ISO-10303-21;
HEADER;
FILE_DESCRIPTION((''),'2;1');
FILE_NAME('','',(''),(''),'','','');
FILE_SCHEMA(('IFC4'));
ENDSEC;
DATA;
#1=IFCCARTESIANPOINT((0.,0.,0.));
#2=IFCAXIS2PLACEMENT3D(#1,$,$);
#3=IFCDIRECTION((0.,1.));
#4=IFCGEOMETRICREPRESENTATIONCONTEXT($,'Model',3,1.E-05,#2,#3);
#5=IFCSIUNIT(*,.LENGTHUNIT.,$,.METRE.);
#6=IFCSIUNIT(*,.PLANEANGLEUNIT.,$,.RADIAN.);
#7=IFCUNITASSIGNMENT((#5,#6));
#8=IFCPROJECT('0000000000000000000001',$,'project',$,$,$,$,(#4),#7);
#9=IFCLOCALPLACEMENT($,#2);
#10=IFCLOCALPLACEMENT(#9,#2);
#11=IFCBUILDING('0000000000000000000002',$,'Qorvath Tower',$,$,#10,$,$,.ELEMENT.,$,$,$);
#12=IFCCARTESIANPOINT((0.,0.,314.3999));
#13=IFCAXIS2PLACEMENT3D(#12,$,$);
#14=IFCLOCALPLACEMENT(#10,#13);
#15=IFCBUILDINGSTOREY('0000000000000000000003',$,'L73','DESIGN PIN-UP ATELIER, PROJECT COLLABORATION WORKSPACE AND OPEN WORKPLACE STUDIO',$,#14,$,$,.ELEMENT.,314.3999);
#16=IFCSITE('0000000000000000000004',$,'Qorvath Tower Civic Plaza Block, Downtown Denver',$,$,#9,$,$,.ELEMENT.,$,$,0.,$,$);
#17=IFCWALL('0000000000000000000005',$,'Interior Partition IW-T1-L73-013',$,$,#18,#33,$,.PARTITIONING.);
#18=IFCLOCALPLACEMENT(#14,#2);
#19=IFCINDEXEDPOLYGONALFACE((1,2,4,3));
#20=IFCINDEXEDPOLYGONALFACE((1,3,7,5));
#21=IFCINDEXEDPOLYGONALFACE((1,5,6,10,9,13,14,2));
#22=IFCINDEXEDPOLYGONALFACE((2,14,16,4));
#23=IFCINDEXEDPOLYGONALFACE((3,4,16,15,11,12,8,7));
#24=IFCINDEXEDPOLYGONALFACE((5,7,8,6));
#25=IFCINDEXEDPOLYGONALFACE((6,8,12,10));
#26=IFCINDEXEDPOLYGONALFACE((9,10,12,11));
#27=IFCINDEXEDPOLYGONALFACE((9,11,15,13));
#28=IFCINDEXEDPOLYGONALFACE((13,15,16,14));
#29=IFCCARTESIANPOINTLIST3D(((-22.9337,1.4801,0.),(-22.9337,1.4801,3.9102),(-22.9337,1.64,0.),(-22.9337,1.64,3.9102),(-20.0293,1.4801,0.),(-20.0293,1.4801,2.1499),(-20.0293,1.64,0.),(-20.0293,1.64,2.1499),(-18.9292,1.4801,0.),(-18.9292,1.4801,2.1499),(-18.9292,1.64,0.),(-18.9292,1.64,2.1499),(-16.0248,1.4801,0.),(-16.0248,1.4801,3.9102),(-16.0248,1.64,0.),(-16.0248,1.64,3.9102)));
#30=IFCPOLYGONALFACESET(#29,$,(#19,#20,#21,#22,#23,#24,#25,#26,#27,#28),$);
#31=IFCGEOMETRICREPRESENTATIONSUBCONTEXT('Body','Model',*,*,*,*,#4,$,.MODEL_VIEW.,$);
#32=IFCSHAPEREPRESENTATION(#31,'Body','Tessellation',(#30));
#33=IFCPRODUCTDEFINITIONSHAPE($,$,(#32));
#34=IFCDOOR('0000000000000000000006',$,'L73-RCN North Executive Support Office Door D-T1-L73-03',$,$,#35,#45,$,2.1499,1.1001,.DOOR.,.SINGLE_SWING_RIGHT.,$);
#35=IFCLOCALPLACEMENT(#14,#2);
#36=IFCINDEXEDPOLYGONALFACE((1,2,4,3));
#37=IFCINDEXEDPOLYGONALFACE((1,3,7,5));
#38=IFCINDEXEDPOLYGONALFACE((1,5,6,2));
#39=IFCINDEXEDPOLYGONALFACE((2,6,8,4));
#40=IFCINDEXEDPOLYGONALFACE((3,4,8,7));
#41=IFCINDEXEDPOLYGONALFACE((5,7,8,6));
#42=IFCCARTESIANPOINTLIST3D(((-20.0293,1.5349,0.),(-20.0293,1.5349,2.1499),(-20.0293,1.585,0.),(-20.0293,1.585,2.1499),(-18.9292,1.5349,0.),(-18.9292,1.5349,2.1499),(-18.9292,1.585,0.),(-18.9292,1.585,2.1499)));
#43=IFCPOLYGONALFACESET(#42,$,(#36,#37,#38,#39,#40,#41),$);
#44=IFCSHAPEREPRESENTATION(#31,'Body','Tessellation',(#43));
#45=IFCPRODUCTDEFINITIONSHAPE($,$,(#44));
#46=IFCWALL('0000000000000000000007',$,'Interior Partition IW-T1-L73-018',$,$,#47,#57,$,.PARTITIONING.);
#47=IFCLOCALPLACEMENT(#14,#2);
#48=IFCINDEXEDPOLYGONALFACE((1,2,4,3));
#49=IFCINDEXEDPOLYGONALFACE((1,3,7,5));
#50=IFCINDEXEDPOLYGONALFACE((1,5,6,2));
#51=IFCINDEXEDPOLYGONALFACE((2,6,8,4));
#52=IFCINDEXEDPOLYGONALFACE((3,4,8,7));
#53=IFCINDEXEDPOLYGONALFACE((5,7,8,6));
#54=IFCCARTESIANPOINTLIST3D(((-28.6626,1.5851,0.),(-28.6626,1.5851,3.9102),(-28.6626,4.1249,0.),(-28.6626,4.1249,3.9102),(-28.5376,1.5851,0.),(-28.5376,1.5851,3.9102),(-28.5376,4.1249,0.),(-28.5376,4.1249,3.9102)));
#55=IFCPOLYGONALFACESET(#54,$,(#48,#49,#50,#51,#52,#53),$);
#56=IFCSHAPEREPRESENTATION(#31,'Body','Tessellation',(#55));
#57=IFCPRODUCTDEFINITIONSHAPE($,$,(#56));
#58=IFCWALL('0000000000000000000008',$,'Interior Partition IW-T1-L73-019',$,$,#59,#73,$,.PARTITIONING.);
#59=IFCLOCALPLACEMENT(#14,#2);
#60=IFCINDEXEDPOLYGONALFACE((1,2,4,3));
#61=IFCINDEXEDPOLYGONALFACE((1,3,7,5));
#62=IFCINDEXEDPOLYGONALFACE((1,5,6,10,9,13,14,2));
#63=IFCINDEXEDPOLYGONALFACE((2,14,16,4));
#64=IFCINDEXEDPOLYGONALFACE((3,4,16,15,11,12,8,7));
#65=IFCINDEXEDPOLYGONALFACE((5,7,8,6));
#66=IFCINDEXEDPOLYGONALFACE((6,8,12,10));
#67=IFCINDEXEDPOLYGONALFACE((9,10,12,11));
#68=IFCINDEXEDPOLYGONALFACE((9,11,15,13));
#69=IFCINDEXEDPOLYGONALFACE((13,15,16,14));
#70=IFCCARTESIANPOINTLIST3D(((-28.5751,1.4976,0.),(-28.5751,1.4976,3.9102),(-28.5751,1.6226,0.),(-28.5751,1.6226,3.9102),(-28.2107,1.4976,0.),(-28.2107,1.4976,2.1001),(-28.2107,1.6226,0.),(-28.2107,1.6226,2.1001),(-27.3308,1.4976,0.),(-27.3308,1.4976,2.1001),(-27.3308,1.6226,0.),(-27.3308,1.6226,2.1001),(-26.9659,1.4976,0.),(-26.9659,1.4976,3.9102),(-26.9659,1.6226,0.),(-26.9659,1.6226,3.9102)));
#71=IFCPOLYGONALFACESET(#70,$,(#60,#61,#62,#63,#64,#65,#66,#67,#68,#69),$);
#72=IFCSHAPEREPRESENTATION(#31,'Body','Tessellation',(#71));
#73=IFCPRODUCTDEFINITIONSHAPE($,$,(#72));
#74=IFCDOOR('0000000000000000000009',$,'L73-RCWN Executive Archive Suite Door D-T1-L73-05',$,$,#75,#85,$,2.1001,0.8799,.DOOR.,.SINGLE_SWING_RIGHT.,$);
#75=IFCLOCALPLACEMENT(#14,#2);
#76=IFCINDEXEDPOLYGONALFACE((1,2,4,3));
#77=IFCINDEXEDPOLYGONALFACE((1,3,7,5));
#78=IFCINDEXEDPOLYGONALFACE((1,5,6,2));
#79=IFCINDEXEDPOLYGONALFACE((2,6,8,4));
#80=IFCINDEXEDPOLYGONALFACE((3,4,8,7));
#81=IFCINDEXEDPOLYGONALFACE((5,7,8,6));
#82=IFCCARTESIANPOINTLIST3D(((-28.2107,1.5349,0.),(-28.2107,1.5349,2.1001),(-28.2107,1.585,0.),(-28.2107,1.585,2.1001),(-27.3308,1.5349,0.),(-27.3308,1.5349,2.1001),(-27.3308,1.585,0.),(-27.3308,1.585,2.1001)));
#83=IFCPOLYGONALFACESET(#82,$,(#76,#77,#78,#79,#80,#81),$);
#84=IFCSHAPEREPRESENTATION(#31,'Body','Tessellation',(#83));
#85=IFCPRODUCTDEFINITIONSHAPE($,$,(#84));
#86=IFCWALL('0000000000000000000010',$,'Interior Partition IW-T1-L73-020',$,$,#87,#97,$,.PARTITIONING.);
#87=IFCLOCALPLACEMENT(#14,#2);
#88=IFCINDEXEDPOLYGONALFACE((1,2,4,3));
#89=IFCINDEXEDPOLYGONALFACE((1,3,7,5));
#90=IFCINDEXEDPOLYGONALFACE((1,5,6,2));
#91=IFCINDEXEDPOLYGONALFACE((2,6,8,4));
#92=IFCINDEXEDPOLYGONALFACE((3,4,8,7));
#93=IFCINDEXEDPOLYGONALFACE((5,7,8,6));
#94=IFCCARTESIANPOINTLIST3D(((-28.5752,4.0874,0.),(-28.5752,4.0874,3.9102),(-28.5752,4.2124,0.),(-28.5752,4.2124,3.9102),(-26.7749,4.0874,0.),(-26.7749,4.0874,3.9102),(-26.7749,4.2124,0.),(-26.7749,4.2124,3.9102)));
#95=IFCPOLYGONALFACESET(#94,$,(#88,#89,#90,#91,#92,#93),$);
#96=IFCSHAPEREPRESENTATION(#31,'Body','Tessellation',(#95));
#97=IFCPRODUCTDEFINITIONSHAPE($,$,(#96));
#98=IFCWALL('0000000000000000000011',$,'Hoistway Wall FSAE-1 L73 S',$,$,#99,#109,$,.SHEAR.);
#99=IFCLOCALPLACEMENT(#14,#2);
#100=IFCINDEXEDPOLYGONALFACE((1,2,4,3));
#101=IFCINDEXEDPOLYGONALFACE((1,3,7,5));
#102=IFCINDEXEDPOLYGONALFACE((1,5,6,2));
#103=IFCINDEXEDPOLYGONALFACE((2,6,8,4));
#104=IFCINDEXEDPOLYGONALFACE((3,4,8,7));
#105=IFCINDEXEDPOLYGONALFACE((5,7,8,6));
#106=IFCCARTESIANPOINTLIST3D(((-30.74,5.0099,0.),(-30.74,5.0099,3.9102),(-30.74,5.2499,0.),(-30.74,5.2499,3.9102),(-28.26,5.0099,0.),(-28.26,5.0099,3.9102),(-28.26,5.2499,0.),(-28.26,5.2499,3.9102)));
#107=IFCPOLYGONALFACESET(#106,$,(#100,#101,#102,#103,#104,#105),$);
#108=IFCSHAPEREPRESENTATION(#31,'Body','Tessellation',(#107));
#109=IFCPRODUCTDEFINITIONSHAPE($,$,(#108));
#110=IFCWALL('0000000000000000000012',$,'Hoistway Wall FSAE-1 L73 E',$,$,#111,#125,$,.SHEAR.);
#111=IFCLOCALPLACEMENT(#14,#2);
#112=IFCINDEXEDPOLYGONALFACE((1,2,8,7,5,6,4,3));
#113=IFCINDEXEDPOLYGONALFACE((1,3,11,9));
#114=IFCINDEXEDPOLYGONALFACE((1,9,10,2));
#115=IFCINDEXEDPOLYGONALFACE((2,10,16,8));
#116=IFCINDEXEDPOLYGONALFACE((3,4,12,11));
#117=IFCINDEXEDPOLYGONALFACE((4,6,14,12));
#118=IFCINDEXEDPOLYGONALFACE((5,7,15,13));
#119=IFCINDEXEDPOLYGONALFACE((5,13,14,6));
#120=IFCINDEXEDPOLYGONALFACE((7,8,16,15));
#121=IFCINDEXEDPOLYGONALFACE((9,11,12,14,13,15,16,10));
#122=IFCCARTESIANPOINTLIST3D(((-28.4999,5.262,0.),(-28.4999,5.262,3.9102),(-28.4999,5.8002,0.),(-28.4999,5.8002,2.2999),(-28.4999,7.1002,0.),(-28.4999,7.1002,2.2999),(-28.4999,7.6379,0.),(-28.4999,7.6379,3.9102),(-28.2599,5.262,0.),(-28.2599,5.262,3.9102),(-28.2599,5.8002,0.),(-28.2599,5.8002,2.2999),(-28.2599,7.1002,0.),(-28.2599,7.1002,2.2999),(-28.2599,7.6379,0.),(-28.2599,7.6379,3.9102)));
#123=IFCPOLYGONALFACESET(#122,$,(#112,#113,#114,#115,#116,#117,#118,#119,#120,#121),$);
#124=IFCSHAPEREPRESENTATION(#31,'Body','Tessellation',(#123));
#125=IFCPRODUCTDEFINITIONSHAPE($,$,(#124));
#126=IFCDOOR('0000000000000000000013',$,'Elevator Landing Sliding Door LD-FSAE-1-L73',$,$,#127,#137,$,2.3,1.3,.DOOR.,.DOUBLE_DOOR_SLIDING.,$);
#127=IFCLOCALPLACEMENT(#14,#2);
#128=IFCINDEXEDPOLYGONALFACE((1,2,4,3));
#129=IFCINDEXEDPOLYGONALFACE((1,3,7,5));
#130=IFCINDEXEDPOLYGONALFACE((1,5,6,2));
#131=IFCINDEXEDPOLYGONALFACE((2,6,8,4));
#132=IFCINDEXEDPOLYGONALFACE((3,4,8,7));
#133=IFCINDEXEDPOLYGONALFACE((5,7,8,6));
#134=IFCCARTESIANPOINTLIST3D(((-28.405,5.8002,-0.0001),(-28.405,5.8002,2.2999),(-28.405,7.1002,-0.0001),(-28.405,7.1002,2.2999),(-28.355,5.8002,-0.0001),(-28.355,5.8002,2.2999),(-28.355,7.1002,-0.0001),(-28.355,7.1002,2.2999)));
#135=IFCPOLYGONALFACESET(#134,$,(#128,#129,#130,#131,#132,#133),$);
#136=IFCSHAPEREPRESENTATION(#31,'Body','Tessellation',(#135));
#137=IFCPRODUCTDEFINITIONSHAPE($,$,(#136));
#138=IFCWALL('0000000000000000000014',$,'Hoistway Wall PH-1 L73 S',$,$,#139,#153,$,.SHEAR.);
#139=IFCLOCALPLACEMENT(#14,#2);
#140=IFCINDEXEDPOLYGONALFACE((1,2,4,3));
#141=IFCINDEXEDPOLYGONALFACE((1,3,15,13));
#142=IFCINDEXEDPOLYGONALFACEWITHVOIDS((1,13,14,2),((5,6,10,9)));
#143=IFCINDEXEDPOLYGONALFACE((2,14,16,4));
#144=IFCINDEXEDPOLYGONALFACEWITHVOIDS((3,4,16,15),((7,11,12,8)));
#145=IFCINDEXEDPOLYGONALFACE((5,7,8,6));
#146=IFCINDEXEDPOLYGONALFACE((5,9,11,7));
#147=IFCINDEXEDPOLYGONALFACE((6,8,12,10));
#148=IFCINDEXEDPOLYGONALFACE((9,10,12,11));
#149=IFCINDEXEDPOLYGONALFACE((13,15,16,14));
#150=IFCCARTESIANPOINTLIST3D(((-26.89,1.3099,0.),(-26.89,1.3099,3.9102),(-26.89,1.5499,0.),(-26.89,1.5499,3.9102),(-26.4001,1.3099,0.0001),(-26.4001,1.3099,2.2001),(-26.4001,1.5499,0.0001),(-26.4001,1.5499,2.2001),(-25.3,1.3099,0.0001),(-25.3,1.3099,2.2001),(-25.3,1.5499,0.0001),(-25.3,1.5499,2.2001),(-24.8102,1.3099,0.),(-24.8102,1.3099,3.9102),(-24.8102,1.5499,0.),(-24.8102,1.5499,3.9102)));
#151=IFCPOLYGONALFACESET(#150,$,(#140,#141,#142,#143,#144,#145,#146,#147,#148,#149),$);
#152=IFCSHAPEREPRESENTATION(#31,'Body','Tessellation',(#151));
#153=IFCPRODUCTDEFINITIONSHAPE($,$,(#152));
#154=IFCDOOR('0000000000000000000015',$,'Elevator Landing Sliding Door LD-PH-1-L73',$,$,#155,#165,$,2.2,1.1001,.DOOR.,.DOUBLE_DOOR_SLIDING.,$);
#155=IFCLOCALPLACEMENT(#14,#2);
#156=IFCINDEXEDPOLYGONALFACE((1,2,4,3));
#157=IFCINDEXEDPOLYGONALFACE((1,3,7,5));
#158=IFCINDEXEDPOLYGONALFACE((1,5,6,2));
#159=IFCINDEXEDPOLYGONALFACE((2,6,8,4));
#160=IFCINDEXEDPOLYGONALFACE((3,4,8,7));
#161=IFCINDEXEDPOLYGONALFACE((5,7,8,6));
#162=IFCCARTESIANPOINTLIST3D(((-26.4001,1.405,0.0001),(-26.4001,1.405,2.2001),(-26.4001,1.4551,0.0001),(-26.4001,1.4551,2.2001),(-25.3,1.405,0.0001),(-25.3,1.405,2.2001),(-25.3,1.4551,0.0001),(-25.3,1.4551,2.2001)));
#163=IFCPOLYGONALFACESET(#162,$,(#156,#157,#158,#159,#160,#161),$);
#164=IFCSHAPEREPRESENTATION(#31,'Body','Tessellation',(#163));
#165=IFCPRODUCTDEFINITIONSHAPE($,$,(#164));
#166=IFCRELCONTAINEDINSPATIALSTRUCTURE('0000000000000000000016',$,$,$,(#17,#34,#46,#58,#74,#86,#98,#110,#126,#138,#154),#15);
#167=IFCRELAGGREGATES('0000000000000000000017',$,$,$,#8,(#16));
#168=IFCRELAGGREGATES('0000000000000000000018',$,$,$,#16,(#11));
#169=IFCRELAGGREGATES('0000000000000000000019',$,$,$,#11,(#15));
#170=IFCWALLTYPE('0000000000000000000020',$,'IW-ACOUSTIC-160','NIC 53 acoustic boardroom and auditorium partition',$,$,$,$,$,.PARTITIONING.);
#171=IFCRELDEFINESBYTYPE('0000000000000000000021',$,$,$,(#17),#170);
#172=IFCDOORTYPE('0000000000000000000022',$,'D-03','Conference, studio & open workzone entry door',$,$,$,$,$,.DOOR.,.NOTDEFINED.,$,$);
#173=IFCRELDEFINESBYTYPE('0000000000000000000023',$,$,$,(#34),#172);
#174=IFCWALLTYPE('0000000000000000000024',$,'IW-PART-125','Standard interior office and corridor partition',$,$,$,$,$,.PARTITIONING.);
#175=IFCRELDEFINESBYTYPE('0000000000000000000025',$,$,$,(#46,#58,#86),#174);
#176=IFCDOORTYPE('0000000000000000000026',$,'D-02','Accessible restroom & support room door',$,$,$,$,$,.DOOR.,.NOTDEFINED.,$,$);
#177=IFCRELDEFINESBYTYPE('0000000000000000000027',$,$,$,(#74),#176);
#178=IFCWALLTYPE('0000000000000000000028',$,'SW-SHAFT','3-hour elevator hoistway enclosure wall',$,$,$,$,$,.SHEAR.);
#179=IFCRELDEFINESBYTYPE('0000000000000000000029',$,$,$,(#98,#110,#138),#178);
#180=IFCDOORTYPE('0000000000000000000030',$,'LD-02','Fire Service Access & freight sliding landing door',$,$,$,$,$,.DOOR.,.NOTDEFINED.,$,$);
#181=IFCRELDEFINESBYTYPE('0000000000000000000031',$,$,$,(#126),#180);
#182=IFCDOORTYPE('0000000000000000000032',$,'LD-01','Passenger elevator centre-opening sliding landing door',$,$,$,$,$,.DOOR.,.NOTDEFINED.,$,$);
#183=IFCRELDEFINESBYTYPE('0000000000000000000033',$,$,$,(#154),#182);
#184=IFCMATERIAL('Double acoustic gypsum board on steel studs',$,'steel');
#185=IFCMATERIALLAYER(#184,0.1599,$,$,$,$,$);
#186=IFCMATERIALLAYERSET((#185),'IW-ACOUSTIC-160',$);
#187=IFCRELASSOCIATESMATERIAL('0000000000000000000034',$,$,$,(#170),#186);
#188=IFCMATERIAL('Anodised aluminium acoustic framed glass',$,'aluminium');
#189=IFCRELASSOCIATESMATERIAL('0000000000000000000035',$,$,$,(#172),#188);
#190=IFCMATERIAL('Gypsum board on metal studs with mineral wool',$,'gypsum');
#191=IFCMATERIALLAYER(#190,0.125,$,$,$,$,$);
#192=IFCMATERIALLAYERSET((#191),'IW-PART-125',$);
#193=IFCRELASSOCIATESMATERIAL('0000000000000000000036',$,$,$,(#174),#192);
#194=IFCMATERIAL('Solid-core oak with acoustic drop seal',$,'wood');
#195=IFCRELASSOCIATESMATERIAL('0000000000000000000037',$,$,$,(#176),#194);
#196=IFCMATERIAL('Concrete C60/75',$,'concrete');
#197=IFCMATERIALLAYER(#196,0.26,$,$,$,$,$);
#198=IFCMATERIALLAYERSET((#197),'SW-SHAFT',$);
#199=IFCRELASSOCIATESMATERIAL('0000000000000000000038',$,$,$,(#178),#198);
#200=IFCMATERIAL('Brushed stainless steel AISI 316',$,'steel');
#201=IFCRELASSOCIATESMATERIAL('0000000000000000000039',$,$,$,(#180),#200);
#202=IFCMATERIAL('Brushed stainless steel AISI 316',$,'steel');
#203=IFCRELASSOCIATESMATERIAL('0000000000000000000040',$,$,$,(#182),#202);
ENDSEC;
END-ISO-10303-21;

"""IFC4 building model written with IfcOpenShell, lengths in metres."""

from ifc_helpers import new_model, si_unit, direction, frame, frame_2d, origin, place, context, subcontext, project, spatial, rectangle, extrude, material, layer, layer_set, type_object, element, fill, save


model = new_model("IFC4")

# Units and contexts
model_context = context("Model", 3, precision=1e-05, world=origin(), true_north=direction((0.0, 1.0)))
body_context = subcontext(model_context, "Body", "Model", "MODEL_VIEW")
ifc_project = project(units=[si_unit("LENGTHUNIT", "METRE"), si_unit("PLANEANGLEUNIT", "RADIAN")], contexts=[model_context])

# Site, building, storey
site_placement = place(None, origin())
site = spatial("IfcSite", under=ifc_project, at=site_placement, Name="Qorvath Tower Civic Plaza Block, Downtown Denver", CompositionType="ELEMENT", RefElevation=0.0)
building_placement = place(site_placement, origin())
building = spatial("IfcBuilding", under=site, at=building_placement, Name="Qorvath Tower", CompositionType="ELEMENT")
storey_placement = place(building_placement, frame((0.0, 0.0, 314.3999)))
storey = spatial("IfcBuildingStorey", under=building, at=storey_placement, Name="L73", Description="DESIGN PIN-UP ATELIER, PROJECT COLLABORATION WORKSPACE AND OPEN WORKPLACE STUDIO", CompositionType="ELEMENT", Elevation=314.3999)

# Wall, opening, door
ifc_material_1 = material(Name="Double acoustic gypsum board on steel studs", Category="steel")
ifc_layer_1 = layer(ifc_material_1, 0.1599)
ifc_layer_set_1 = layer_set([ifc_layer_1], Name="IW-ACOUSTIC-160")
wall_type_1 = type_object("IfcWallType", Name="IW-ACOUSTIC-160", Description="NIC 53 acoustic boardroom and auditorium partition", PredefinedType="PARTITIONING", material=ifc_layer_set_1)
wall_1_placement = place(storey_placement, frame((-22.9338, 1.5601, 0.0), z_axis=(0.0, 0.0, 1.0), x_axis=(1.0, 0.0, 0.0)))
wall_1 = element("IfcWall", 1, at=wall_1_placement, inside=storey, type_object=wall_type_1, Name="Interior Partition IW-T1-L73-013", PredefinedType="PARTITIONING", context=body_context, shape_type="SweptSolid", body=[
    extrude(rectangle(XDim=6.9089, YDim=0.1599, at=frame_2d((3.4546, 0.0))), origin(), (0.0, 0.0, 1.0), 3.9102),
])
opening_1_placement = place(wall_1_placement, frame((2.9045, 0.0, 0.0)))
opening_1 = element("IfcOpeningElement", 2, at=opening_1_placement, cuts=wall_1, PredefinedType="OPENING", context=body_context, shape_type="SweptSolid", body=[
    extrude(rectangle(XDim=1.1001, YDim=2.1499, at=frame_2d((0.55, 1.075))), frame((0.0, 0.0898, 0.0), z_axis=(0.0, -1.0, 0.0), x_axis=(1.0, 0.0, 0.0)), (0.0, 0.0, 1.0), 0.1799),
])
ifc_material_2 = material(Name="Anodised aluminium acoustic framed glass", Category="aluminium")
door_type_1 = type_object("IfcDoorType", Name="D-03", Description="Conference, studio & open workzone entry door", OperationType="NOTDEFINED", PredefinedType="DOOR", material=ifc_material_2)
door_1_placement = place(opening_1_placement, origin())
door_1 = element("IfcDoor", 3, at=door_1_placement, inside=storey, type_object=door_type_1, Name="L73-RCN North Executive Support Office Door D-T1-L73-03", OperationType="SINGLE_SWING_RIGHT", OverallHeight=2.1499, OverallWidth=1.1001, PredefinedType="DOOR", context=body_context, shape_type="SweptSolid", body=[
    extrude(rectangle(XDim=1.1001, YDim=2.1499, at=frame_2d((0.55, 1.075))), frame((0.0, 0.0249, 0.0), z_axis=(0.0, -1.0, 0.0), x_axis=(1.0, 0.0, 0.0)), (0.0, 0.0, 1.0), 0.05),
])
fill(opening_1, door_1)

# Wall
ifc_material_3 = material(Name="Gypsum board on metal studs with mineral wool", Category="gypsum")
ifc_layer_2 = layer(ifc_material_3, 0.125)
ifc_layer_set_2 = layer_set([ifc_layer_2], Name="IW-PART-125")
wall_type_2 = type_object("IfcWallType", Name="IW-PART-125", Description="Standard interior office and corridor partition", PredefinedType="PARTITIONING", material=ifc_layer_set_2)
wall_2_placement = place(storey_placement, frame((-28.6001, 4.125, 0.0), z_axis=(0.0, 0.0, 1.0), x_axis=(0.0, -1.0, 0.0)))
element("IfcWall", 4, at=wall_2_placement, inside=storey, type_object=wall_type_2, Name="Interior Partition IW-T1-L73-018", PredefinedType="PARTITIONING", context=body_context, shape_type="SweptSolid", body=[
    extrude(rectangle(XDim=2.5398, YDim=0.125, at=frame_2d((1.27, 0.0))), origin(), (0.0, 0.0, 1.0), 3.9102),
])

# Wall, opening, door
wall_3_placement = place(storey_placement, frame((-28.5752, 1.5601, 0.0), z_axis=(0.0, 0.0, 1.0), x_axis=(1.0, 0.0, 0.0)))
wall_3 = element("IfcWall", 5, at=wall_3_placement, inside=storey, type_object=wall_type_2, Name="Interior Partition IW-T1-L73-019", PredefinedType="PARTITIONING", context=body_context, shape_type="SweptSolid", body=[
    extrude(rectangle(XDim=1.6091, YDim=0.125, at=frame_2d((0.8047, 0.0))), origin(), (0.0, 0.0, 1.0), 3.9102),
])
opening_2_placement = place(wall_3_placement, frame((0.3645, 0.0, 0.0)))
opening_2 = element("IfcOpeningElement", 6, at=opening_2_placement, cuts=wall_3, PredefinedType="OPENING", context=body_context, shape_type="SweptSolid", body=[
    extrude(rectangle(XDim=0.8799, YDim=2.1001, at=frame_2d((0.4399, 1.05))), frame((0.0, 0.0725, 0.0), z_axis=(0.0, -1.0, 0.0), x_axis=(1.0, 0.0, 0.0)), (0.0, 0.0, 1.0), 0.145),
])
ifc_material_4 = material(Name="Solid-core oak with acoustic drop seal", Category="wood")
door_type_2 = type_object("IfcDoorType", Name="D-02", Description="Accessible restroom & support room door", OperationType="NOTDEFINED", PredefinedType="DOOR", material=ifc_material_4)
door_2_placement = place(opening_2_placement, origin())
door_2 = element("IfcDoor", 7, at=door_2_placement, inside=storey, type_object=door_type_2, Name="L73-RCWN Executive Archive Suite Door D-T1-L73-05", OperationType="SINGLE_SWING_RIGHT", OverallHeight=2.1001, OverallWidth=0.8799, PredefinedType="DOOR", context=body_context, shape_type="SweptSolid", body=[
    extrude(rectangle(XDim=0.8799, YDim=2.1001, at=frame_2d((0.4399, 1.05))), frame((0.0, 0.0249, 0.0), z_axis=(0.0, -1.0, 0.0), x_axis=(1.0, 0.0, 0.0)), (0.0, 0.0, 1.0), 0.05),
])
fill(opening_2, door_2)

# Walls
wall_4_placement = place(storey_placement, frame((-26.7749, 4.1499, 0.0), z_axis=(0.0, 0.0, 1.0), x_axis=(-1.0, 0.0, 0.0)))
element("IfcWall", 8, at=wall_4_placement, inside=storey, type_object=wall_type_2, Name="Interior Partition IW-T1-L73-020", PredefinedType="PARTITIONING", context=body_context, shape_type="SweptSolid", body=[
    extrude(rectangle(XDim=1.8003, YDim=0.125, at=frame_2d((0.9001, 0.0))), origin(), (0.0, 0.0, 1.0), 3.9102),
])
ifc_material_5 = material(Name="Concrete C60/75", Category="concrete")
ifc_layer_3 = layer(ifc_material_5, 0.26)
ifc_layer_set_3 = layer_set([ifc_layer_3], Name="SW-SHAFT")
wall_type_3 = type_object("IfcWallType", Name="SW-SHAFT", Description="3-hour elevator hoistway enclosure wall", PredefinedType="SHEAR", material=ifc_layer_set_3)
wall_5_placement = place(storey_placement, frame((-28.26, 5.1299, 0.0), z_axis=(0.0, 0.0, 1.0), x_axis=(-1.0, 0.0, 0.0)))
element("IfcWall", 9, at=wall_5_placement, inside=storey, type_object=wall_type_3, Name="Hoistway Wall FSAE-1 L73 S", PredefinedType="SHEAR", context=body_context, shape_type="SweptSolid", body=[
    extrude(rectangle(XDim=2.48, YDim=0.24, at=frame_2d((1.24, 0.0))), origin(), (0.0, 0.0, 1.0), 3.9102),
])

# Walls, openings, doors
wall_6_placement = place(storey_placement, frame((-28.3799, 7.6379, 0.0), z_axis=(0.0, 0.0, 1.0), x_axis=(0.0, -1.0, 0.0)))
wall_6 = element("IfcWall", 10, at=wall_6_placement, inside=storey, type_object=wall_type_3, Name="Hoistway Wall FSAE-1 L73 E", PredefinedType="SHEAR", context=body_context, shape_type="SweptSolid", body=[
    extrude(rectangle(XDim=2.376, YDim=0.24, at=frame_2d((1.188, 0.0))), origin(), (0.0, 0.0, 1.0), 3.9102),
])
opening_3_placement = place(wall_6_placement, frame((0.5378, 0.0, 0.0)))
opening_3 = element("IfcOpeningElement", 11, at=opening_3_placement, cuts=wall_6, PredefinedType="OPENING", context=body_context, shape_type="SweptSolid", body=[
    extrude(rectangle(XDim=1.3, YDim=2.3, at=frame_2d((0.6499, 1.1499))), frame((0.0, 0.1299, 0.0), z_axis=(0.0, -1.0, 0.0), x_axis=(1.0, 0.0, 0.0)), (0.0, 0.0, 1.0), 0.26),
])
ifc_material_6 = material(Name="Brushed stainless steel AISI 316", Category="steel")
door_type_3 = type_object("IfcDoorType", Name="LD-02", Description="Fire Service Access & freight sliding landing door", OperationType="NOTDEFINED", PredefinedType="DOOR", material=ifc_material_6)
door_3_placement = place(opening_3_placement, origin())
door_3 = element("IfcDoor", 12, at=door_3_placement, inside=storey, type_object=door_type_3, Name="Elevator Landing Sliding Door LD-FSAE-1-L73", OperationType="DOUBLE_DOOR_SLIDING", OverallHeight=2.3, OverallWidth=1.3, PredefinedType="DOOR", context=body_context, shape_type="SweptSolid", body=[
    extrude(rectangle(XDim=1.3, YDim=2.3, at=frame_2d((0.6499, 1.1499))), frame((0.0, 0.0249, 0.0), z_axis=(0.0, -1.0, 0.0), x_axis=(1.0, 0.0, 0.0)), (0.0, 0.0, 1.0), 0.05),
])
fill(opening_3, door_3)
wall_7_placement = place(storey_placement, frame((-24.8101, 1.4299, 0.0), z_axis=(0.0, 0.0, 1.0), x_axis=(-1.0, 0.0, 0.0)))
wall_7 = element("IfcWall", 13, at=wall_7_placement, inside=storey, type_object=wall_type_3, Name="Hoistway Wall PH-1 L73 S", PredefinedType="SHEAR", context=body_context, shape_type="SweptSolid", body=[
    extrude(rectangle(XDim=2.0798, YDim=0.24, at=frame_2d((1.04, 0.0))), origin(), (0.0, 0.0, 1.0), 3.9102),
])
opening_4_placement = place(wall_7_placement, frame((0.49, 0.0, 0.0)))
opening_4 = element("IfcOpeningElement", 14, at=opening_4_placement, cuts=wall_7, PredefinedType="OPENING", context=body_context, shape_type="SweptSolid", body=[
    extrude(rectangle(XDim=1.1001, YDim=2.2, at=frame_2d((0.55, 1.1001))), frame((0.0, 0.1299, 0.0), z_axis=(0.0, -1.0, 0.0), x_axis=(1.0, 0.0, 0.0)), (0.0, 0.0, 1.0), 0.26),
])
ifc_material_7 = material(Name="Brushed stainless steel AISI 316", Category="steel")
door_type_4 = type_object("IfcDoorType", Name="LD-01", Description="Passenger elevator centre-opening sliding landing door", OperationType="NOTDEFINED", PredefinedType="DOOR", material=ifc_material_7)
door_4_placement = place(opening_4_placement, origin())
door_4 = element("IfcDoor", 15, at=door_4_placement, inside=storey, type_object=door_type_4, Name="Elevator Landing Sliding Door LD-PH-1-L73", OperationType="DOUBLE_DOOR_SLIDING", OverallHeight=2.2, OverallWidth=1.1001, PredefinedType="DOOR", context=body_context, shape_type="SweptSolid", body=[
    extrude(rectangle(XDim=1.1001, YDim=2.2, at=frame_2d((0.55, 1.1001))), frame((0.0, 0.0249, 0.0), z_axis=(0.0, -1.0, 0.0), x_axis=(1.0, 0.0, 0.0)), (0.0, 0.0, 1.0), 0.05),
])
fill(opening_4, door_4)

save(model, "model.ifc")
